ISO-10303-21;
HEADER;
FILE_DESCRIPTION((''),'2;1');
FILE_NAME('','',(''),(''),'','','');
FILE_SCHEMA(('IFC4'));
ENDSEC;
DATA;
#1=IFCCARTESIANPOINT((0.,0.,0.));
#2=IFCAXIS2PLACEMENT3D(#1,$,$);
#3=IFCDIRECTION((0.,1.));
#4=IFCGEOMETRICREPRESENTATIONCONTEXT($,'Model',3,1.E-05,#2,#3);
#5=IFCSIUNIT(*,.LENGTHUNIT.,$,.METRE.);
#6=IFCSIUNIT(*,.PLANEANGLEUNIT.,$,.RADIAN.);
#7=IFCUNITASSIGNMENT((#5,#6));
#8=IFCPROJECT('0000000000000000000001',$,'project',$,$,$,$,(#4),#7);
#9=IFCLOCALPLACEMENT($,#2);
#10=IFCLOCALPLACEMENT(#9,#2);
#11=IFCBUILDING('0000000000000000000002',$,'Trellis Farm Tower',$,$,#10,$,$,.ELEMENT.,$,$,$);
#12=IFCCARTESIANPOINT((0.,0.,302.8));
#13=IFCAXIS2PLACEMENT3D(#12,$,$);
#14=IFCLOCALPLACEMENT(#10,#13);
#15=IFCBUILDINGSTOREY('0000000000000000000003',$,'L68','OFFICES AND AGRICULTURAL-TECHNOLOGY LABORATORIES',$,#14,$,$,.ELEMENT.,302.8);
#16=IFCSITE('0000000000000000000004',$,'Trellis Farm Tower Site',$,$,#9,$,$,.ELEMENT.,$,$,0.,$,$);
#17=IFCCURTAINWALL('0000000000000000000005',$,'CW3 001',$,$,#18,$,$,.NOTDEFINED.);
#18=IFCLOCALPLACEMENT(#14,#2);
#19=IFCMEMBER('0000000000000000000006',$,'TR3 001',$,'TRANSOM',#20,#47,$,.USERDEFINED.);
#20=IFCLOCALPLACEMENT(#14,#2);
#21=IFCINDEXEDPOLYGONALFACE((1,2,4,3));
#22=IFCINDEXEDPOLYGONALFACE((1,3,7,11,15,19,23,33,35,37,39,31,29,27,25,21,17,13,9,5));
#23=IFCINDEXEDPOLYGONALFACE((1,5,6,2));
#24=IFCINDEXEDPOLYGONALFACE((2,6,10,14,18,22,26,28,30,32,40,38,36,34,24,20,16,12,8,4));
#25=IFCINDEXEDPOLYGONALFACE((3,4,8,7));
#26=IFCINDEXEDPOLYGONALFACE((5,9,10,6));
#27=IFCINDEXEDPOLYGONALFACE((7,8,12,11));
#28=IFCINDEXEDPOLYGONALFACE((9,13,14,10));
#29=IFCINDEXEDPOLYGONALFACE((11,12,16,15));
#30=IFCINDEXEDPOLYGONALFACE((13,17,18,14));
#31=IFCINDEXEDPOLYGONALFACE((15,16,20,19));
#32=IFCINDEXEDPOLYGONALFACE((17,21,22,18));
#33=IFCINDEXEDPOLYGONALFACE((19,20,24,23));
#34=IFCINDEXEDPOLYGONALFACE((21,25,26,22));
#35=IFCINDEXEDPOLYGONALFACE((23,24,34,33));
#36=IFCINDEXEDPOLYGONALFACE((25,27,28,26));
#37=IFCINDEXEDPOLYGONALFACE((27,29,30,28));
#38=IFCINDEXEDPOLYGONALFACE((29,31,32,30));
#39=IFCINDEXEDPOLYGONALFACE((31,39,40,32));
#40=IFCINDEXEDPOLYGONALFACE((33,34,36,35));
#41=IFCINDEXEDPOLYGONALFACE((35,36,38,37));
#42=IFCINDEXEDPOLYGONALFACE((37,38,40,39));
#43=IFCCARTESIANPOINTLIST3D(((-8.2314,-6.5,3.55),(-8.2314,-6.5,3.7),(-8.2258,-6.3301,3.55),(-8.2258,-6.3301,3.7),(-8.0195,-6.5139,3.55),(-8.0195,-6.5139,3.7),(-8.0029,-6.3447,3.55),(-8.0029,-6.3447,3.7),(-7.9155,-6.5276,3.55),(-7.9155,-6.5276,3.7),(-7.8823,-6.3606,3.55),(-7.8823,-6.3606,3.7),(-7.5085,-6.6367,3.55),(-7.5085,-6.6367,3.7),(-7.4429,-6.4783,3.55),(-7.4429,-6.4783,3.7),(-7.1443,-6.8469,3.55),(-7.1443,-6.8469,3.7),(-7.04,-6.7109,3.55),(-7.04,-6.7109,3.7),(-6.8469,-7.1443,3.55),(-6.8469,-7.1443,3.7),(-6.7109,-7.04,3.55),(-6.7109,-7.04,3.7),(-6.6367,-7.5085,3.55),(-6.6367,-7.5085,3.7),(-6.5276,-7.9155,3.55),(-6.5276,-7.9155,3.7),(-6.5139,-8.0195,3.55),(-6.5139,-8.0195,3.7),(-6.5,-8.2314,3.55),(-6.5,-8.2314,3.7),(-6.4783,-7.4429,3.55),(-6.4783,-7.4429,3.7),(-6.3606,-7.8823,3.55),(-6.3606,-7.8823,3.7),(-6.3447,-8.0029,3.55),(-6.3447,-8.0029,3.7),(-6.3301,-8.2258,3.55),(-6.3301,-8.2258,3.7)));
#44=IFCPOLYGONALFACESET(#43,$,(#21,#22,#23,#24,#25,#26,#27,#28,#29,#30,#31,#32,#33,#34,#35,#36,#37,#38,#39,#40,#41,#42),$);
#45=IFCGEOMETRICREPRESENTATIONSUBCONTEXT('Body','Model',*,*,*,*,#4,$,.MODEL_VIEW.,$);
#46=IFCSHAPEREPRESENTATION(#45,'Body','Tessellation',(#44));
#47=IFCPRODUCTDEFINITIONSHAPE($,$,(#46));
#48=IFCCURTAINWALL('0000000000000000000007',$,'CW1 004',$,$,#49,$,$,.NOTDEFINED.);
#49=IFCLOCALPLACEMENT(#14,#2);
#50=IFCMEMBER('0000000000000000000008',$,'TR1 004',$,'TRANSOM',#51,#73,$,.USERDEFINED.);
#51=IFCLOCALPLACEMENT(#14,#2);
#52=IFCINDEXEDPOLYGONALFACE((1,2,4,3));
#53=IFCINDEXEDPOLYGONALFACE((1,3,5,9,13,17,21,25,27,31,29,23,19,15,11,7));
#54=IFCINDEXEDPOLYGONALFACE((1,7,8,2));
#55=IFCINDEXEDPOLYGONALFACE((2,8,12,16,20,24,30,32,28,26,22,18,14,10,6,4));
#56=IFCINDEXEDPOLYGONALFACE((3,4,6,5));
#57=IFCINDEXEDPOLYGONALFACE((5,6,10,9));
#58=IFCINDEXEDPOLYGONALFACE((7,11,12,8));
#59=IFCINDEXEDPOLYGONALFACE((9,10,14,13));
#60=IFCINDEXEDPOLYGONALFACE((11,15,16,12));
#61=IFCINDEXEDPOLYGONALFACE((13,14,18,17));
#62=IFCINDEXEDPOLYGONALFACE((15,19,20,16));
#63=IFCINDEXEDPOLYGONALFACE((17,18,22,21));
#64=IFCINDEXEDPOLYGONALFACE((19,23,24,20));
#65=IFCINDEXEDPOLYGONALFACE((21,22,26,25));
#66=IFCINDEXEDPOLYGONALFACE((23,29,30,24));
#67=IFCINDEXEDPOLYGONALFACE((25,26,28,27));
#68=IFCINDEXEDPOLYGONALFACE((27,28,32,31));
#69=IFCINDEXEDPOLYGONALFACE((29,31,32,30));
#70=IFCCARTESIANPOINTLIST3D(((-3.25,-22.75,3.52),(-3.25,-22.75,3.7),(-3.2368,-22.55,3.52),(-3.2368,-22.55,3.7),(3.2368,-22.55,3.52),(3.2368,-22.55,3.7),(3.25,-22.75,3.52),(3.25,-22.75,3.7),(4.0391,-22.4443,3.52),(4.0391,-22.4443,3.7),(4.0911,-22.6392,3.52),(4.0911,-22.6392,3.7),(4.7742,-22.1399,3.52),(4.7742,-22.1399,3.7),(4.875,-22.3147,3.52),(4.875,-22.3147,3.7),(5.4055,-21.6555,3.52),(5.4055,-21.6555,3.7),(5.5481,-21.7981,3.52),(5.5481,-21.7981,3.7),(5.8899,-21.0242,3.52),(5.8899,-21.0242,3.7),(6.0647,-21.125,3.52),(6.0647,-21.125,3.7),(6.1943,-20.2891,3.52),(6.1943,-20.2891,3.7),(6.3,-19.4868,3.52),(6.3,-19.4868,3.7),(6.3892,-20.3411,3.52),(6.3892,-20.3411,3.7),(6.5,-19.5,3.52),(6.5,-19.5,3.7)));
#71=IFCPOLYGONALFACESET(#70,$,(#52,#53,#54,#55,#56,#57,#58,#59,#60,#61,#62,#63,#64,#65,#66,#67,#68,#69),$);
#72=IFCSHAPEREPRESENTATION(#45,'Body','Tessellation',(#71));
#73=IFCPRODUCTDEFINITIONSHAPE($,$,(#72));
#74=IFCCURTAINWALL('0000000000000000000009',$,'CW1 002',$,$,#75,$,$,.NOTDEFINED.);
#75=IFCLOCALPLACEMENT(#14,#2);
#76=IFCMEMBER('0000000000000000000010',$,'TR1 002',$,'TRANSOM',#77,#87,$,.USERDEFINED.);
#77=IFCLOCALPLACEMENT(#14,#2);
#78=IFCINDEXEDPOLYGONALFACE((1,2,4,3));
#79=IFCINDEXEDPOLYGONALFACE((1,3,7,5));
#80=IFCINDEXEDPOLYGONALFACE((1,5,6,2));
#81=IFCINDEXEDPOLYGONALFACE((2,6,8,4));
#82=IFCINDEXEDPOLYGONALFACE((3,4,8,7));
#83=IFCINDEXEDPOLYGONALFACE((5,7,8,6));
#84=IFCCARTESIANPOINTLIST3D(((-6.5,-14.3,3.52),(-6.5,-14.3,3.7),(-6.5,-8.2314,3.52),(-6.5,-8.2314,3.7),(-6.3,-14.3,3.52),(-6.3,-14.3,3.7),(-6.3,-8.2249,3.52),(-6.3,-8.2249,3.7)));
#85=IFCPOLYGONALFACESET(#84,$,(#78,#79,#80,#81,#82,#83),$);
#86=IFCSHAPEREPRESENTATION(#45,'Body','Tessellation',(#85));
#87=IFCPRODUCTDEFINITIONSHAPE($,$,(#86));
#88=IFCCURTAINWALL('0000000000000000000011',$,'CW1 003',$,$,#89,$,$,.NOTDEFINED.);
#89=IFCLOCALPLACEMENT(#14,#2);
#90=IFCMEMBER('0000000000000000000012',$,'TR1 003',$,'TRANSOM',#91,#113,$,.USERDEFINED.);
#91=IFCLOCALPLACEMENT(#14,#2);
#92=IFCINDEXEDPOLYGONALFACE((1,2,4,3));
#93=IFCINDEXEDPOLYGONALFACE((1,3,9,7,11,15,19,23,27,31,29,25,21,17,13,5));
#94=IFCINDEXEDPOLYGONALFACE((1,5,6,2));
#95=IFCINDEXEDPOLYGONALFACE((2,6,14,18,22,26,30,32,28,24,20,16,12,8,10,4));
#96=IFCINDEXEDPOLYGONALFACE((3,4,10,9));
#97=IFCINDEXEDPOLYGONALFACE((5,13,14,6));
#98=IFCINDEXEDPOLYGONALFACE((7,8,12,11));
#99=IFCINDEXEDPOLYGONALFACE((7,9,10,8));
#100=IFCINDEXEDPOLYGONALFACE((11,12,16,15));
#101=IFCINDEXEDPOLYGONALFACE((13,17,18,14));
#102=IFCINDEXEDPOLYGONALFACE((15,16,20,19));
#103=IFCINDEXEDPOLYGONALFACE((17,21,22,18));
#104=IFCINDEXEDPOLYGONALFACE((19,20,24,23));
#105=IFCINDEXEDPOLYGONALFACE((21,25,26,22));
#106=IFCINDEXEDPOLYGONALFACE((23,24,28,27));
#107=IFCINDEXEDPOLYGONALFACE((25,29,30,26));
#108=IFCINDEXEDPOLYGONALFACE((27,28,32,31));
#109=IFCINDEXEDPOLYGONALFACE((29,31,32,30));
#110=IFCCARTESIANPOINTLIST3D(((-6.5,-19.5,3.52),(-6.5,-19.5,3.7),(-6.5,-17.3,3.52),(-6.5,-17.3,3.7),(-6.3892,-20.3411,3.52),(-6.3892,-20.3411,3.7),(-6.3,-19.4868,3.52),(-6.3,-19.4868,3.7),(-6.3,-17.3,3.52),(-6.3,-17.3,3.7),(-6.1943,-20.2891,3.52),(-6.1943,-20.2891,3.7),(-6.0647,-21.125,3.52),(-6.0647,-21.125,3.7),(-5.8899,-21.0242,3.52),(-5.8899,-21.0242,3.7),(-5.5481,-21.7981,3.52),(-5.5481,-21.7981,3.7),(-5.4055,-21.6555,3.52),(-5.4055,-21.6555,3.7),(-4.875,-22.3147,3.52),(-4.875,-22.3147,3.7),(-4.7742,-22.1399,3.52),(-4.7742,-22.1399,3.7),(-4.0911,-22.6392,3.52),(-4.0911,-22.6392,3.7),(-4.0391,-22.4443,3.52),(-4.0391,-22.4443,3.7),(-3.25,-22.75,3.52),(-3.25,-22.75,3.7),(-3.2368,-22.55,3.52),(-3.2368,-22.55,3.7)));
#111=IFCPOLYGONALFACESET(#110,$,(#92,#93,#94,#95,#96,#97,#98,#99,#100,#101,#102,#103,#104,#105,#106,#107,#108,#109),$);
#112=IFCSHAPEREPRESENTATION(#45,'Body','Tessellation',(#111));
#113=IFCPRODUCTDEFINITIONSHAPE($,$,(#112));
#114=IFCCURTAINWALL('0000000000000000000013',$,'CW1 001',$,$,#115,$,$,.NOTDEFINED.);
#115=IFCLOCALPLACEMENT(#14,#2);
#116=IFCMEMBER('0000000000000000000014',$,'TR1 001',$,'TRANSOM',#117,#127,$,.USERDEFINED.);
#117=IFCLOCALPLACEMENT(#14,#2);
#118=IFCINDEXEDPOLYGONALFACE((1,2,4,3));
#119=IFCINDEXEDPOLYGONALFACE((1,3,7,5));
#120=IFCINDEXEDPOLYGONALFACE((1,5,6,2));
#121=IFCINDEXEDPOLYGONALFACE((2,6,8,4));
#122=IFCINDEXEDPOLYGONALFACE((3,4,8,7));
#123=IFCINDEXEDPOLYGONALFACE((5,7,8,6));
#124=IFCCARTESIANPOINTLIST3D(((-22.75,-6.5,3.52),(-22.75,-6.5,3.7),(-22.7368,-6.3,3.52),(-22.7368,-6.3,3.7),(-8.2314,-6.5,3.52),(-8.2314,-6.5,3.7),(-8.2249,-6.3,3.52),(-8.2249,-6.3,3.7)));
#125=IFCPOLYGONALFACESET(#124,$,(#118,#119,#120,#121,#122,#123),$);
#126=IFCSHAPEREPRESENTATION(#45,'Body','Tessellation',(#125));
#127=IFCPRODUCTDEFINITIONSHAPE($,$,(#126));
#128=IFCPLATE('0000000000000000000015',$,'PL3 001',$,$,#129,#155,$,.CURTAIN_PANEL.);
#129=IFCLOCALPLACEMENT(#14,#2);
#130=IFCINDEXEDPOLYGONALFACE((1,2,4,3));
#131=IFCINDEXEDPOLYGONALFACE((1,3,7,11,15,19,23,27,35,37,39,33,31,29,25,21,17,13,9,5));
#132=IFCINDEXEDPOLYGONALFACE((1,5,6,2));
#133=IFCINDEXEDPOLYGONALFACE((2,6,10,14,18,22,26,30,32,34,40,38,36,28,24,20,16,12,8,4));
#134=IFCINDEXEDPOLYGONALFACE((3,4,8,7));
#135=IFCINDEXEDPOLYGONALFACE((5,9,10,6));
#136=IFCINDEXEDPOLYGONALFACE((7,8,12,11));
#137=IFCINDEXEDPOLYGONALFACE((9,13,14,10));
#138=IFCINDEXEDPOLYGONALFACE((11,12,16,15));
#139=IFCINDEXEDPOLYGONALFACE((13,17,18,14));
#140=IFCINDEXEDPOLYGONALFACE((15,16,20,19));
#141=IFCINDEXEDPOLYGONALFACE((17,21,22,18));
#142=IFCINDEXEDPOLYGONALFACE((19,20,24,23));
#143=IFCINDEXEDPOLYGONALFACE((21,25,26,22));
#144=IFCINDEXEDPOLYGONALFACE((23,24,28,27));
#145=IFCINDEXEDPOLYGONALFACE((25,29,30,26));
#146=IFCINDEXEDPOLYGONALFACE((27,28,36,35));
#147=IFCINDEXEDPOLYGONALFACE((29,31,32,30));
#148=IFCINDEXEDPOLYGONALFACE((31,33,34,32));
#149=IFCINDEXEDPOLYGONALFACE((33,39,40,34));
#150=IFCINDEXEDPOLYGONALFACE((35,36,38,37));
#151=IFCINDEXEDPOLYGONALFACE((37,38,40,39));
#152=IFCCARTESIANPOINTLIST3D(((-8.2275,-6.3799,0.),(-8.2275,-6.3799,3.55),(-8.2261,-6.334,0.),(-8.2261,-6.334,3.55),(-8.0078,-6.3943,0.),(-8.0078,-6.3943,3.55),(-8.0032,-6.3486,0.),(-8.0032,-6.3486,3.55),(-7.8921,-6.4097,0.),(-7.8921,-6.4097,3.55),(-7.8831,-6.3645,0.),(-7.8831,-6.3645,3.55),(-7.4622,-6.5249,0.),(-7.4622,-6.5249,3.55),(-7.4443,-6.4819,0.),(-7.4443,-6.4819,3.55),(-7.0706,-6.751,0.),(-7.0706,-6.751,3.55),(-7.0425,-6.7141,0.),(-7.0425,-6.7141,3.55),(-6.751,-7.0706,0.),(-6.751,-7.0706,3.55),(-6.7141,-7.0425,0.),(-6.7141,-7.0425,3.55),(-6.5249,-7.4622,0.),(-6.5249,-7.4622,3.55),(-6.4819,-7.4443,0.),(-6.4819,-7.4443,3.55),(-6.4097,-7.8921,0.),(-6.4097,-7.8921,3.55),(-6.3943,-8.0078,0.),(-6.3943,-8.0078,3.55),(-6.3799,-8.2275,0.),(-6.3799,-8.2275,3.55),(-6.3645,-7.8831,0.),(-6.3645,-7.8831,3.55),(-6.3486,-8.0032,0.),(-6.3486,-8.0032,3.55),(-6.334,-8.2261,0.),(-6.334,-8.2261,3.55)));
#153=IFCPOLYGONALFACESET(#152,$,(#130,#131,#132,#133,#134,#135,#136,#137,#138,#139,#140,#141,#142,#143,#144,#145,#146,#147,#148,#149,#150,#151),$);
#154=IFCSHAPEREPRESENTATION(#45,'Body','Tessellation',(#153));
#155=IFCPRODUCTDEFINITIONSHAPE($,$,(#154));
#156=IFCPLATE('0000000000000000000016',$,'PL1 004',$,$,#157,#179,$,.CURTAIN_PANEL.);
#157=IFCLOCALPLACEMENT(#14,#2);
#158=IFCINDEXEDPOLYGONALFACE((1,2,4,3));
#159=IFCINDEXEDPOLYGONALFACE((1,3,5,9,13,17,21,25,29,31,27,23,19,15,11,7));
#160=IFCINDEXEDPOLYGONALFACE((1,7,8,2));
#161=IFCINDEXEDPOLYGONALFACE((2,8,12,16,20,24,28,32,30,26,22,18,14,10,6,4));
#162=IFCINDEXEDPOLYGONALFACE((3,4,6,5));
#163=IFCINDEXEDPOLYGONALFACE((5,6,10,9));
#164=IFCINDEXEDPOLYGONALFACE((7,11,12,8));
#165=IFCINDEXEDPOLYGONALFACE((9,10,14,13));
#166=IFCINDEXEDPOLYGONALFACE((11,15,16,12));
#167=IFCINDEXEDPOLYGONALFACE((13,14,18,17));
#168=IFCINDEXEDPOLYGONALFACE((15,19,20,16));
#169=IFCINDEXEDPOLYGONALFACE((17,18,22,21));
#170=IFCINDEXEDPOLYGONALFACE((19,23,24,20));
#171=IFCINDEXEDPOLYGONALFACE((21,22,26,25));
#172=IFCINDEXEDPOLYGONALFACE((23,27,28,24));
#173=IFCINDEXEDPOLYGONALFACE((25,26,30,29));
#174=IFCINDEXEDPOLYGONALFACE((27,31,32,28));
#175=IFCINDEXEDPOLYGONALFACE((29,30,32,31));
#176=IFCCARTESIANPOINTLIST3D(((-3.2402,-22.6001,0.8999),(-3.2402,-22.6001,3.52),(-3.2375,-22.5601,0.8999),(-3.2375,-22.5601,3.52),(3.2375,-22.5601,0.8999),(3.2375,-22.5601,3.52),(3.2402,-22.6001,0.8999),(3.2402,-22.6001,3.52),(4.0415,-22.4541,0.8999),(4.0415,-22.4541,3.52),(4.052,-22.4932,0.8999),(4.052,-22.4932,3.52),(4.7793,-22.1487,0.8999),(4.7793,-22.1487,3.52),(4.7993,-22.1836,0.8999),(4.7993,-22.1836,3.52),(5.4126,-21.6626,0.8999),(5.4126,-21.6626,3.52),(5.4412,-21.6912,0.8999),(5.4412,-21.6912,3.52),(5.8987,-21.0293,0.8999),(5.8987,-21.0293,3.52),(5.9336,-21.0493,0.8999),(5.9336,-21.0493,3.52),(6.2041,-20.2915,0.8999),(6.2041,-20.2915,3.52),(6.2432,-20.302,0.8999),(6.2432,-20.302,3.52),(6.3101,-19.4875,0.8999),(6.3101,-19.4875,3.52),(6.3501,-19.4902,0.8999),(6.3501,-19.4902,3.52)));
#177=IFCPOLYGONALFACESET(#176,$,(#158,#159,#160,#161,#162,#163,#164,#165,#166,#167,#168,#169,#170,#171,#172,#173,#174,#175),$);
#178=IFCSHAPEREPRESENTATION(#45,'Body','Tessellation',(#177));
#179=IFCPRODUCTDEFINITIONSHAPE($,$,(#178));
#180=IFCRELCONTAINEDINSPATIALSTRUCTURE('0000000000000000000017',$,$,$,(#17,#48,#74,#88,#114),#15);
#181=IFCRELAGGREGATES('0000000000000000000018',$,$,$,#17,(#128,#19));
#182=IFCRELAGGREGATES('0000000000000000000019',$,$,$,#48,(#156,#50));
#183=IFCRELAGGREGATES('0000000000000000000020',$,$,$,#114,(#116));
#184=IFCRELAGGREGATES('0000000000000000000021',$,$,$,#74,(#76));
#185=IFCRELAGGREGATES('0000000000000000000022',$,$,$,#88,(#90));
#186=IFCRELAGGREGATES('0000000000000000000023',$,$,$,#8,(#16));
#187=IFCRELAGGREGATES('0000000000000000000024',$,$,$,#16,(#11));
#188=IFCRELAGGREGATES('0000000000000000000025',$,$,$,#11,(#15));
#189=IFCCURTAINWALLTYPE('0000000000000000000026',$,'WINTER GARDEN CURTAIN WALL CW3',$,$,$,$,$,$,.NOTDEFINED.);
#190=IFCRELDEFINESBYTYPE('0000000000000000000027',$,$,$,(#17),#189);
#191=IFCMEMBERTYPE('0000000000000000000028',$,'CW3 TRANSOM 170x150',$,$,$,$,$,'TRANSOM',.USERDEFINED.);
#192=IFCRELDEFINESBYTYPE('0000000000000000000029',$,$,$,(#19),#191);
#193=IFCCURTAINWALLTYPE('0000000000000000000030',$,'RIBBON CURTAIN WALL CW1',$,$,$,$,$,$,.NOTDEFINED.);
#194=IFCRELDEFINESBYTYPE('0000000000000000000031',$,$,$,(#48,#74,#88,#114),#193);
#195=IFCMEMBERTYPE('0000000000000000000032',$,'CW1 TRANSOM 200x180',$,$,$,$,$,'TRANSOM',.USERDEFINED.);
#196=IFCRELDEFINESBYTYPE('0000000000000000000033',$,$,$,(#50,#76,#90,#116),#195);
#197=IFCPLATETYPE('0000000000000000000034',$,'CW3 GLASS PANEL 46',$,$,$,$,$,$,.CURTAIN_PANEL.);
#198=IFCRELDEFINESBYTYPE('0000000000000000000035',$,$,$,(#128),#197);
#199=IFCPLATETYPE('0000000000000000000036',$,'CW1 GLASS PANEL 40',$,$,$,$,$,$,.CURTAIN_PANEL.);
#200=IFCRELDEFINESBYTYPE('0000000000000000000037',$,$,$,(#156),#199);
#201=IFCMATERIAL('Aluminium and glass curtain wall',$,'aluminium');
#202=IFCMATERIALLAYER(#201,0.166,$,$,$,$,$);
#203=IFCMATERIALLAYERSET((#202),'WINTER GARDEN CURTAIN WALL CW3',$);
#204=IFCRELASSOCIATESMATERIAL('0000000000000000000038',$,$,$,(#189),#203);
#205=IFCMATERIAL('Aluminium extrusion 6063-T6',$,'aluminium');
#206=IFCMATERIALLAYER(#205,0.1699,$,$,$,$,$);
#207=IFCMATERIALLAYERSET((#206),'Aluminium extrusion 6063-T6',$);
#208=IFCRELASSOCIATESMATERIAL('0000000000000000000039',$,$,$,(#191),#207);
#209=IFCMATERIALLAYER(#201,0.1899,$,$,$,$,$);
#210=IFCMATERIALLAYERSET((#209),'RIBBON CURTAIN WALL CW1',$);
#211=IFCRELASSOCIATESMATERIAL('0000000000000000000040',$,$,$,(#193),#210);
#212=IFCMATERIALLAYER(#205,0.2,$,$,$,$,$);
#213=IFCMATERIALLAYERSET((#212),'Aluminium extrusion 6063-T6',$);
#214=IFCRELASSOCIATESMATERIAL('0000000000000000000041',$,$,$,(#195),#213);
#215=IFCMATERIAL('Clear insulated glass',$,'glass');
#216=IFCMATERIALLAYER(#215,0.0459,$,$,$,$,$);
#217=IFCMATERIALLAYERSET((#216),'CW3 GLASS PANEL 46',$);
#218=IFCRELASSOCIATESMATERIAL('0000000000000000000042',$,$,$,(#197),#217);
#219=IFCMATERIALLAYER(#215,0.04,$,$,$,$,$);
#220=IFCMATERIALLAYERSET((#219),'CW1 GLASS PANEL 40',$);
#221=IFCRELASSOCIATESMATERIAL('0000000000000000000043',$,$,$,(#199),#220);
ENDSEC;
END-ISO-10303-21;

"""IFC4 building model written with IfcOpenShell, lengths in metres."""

from ifc_helpers import new_model, si_unit, direction, frame, origin, place, context, subcontext, project, spatial, polyline, outline, extrude, source, transform, mapped, material, layer, layer_set, type_object, element, aggregate, save


model = new_model("IFC4")

# Units and contexts
model_context = context("Model", 3, precision=1e-05, world=origin(), true_north=direction((0.0, 1.0)))
body_context = subcontext(model_context, "Body", "Model", "MODEL_VIEW")
ifc_project = project(units=[si_unit("LENGTHUNIT", "METRE"), si_unit("PLANEANGLEUNIT", "RADIAN")], contexts=[model_context])

# Site, building, storey
site_placement = place(None, origin())
site = spatial("IfcSite", under=ifc_project, at=site_placement, Name="Trellis Farm Tower Site", CompositionType="ELEMENT", RefElevation=0.0)
building_placement = place(site_placement, origin())
building = spatial("IfcBuilding", under=site, at=building_placement, Name="Trellis Farm Tower", CompositionType="ELEMENT")
storey_placement = place(building_placement, frame((0.0, 0.0, 302.8)))
storey = spatial("IfcBuildingStorey", under=building, at=storey_placement, Name="L68", Description="OFFICES AND AGRICULTURAL-TECHNOLOGY LABORATORIES", CompositionType="ELEMENT", Elevation=302.8)

# Curtain walls, members
ifc_material_1 = material(Name="Aluminium and glass curtain wall", Category="aluminium")
ifc_layer_1 = layer(ifc_material_1, 0.166)
ifc_layer_set_1 = layer_set([ifc_layer_1], Name="WINTER GARDEN CURTAIN WALL CW3")
curtain_wall_type_1 = type_object("IfcCurtainWallType", Name="WINTER GARDEN CURTAIN WALL CW3", PredefinedType="NOTDEFINED", material=ifc_layer_set_1)
placement_1 = place(storey_placement, origin())
curtain_wall_1 = element("IfcCurtainWall", 1, at=placement_1, inside=storey, type_object=curtain_wall_type_1, Name="CW3 001", PredefinedType="NOTDEFINED")
ifc_material_2 = material(Name="Aluminium extrusion 6063-T6", Category="aluminium")
ifc_layer_2 = layer(ifc_material_2, 0.1699)
ifc_layer_set_2 = layer_set([ifc_layer_2], Name="Aluminium extrusion 6063-T6")
member_type_1 = type_object("IfcMemberType", Name="CW3 TRANSOM 170x150", ElementType="TRANSOM", PredefinedType="USERDEFINED", material=ifc_layer_set_2)
shared_shape_1 = source(origin(), body_context, "Body", "SweptSolid", [
    extrude(outline(polyline([(-8.2314, -6.5), (-8.0195, -6.5139), (-7.9155, -6.5276), (-7.5085, -6.6367), (-7.1443, -6.8469), (-6.8469, -7.1443), (-6.6367, -7.5085), (-6.5276, -7.9155), (-6.5139, -8.0195), (-6.5, -8.2314), (-6.3301, -8.2258), (-6.3447, -8.0029), (-6.3606, -7.8823), (-6.4783, -7.4429), (-6.7109, -7.04), (-7.04, -6.7109), (-7.4429, -6.4783), (-7.8823, -6.3606), (-8.0029, -6.3447), (-8.2258, -6.3301), (-8.2314, -6.5)])), origin(), (0.0, 0.0, 1.0), 0.1499),
])
member_1_placement = place(storey_placement, frame((0.0, 0.0, 3.55)))
member_1 = element("IfcMember", 2, at=member_1_placement, type_object=member_type_1, Name="TR3 001", ObjectType="TRANSOM", PredefinedType="USERDEFINED", context=body_context, shape_type="MappedRepresentation", body=[
    mapped(shared_shape_1, transform((0.0, 0.0, 0.0))),
])
ifc_layer_3 = layer(ifc_material_1, 0.1899)
ifc_layer_set_3 = layer_set([ifc_layer_3], Name="RIBBON CURTAIN WALL CW1")
curtain_wall_type_2 = type_object("IfcCurtainWallType", Name="RIBBON CURTAIN WALL CW1", PredefinedType="NOTDEFINED", material=ifc_layer_set_3)
curtain_wall_2 = element("IfcCurtainWall", 3, at=placement_1, inside=storey, type_object=curtain_wall_type_2, Name="CW1 004", PredefinedType="NOTDEFINED")
ifc_layer_4 = layer(ifc_material_2, 0.2)
ifc_layer_set_4 = layer_set([ifc_layer_4], Name="Aluminium extrusion 6063-T6")
member_type_2 = type_object("IfcMemberType", Name="CW1 TRANSOM 200x180", ElementType="TRANSOM", PredefinedType="USERDEFINED", material=ifc_layer_set_4)
shared_shape_2 = source(origin(), body_context, "Body", "SweptSolid", [
    extrude(outline(polyline([(-3.25, -22.75), (3.25, -22.75), (4.0911, -22.6392), (4.875, -22.3147), (5.5481, -21.7981), (6.0647, -21.125), (6.3892, -20.3411), (6.5, -19.5), (6.3, -19.4868), (6.1943, -20.2891), (5.8899, -21.0242), (5.4055, -21.6555), (4.7742, -22.1399), (4.0391, -22.4443), (3.2368, -22.55), (-3.2368, -22.55), (-3.25, -22.75)])), origin(), (0.0, 0.0, 1.0), 0.1799),
])
placement_2 = place(storey_placement, frame((0.0, 0.0, 3.52)))
member_2 = element("IfcMember", 4, at=placement_2, type_object=member_type_2, Name="TR1 004", ObjectType="TRANSOM", PredefinedType="USERDEFINED", context=body_context, shape_type="MappedRepresentation", body=[
    mapped(shared_shape_2, transform((0.0, 0.0, 0.0))),
])
curtain_wall_3 = element("IfcCurtainWall", 5, at=placement_1, inside=storey, type_object=curtain_wall_type_2, Name="CW1 002", PredefinedType="NOTDEFINED")
shared_shape_3 = source(origin(), body_context, "Body", "SweptSolid", [
    extrude(outline(polyline([(-6.5, -8.2314), (-6.5, -14.3), (-6.3, -14.3), (-6.3, -8.2249), (-6.5, -8.2314)])), origin(), (0.0, 0.0, 1.0), 0.1799),
])
member_3 = element("IfcMember", 6, at=placement_2, type_object=member_type_2, Name="TR1 002", ObjectType="TRANSOM", PredefinedType="USERDEFINED", context=body_context, shape_type="MappedRepresentation", body=[
    mapped(shared_shape_3, transform((0.0, 0.0, 0.0))),
])
curtain_wall_4 = element("IfcCurtainWall", 7, at=placement_1, inside=storey, type_object=curtain_wall_type_2, Name="CW1 003", PredefinedType="NOTDEFINED")
shared_shape_4 = source(origin(), body_context, "Body", "SweptSolid", [
    extrude(outline(polyline([(-6.5, -17.3), (-6.5, -19.5), (-6.3892, -20.3411), (-6.0647, -21.125), (-5.5481, -21.7981), (-4.875, -22.3147), (-4.0911, -22.6392), (-3.25, -22.75), (-3.2368, -22.55), (-4.0391, -22.4443), (-4.7742, -22.1399), (-5.4055, -21.6555), (-5.8899, -21.0242), (-6.1943, -20.2891), (-6.3, -19.4868), (-6.3, -17.3), (-6.5, -17.3)])), origin(), (0.0, 0.0, 1.0), 0.1799),
])
member_4 = element("IfcMember", 8, at=placement_2, type_object=member_type_2, Name="TR1 003", ObjectType="TRANSOM", PredefinedType="USERDEFINED", context=body_context, shape_type="MappedRepresentation", body=[
    mapped(shared_shape_4, transform((0.0, 0.0, 0.0))),
])
curtain_wall_5 = element("IfcCurtainWall", 9, at=placement_1, inside=storey, type_object=curtain_wall_type_2, Name="CW1 001", PredefinedType="NOTDEFINED")
shared_shape_5 = source(origin(), body_context, "Body", "SweptSolid", [
    extrude(outline(polyline([(-22.75, -6.5), (-8.2314, -6.5), (-8.2249, -6.3), (-22.7368, -6.3), (-22.75, -6.5)])), origin(), (0.0, 0.0, 1.0), 0.1799),
])
member_5 = element("IfcMember", 10, at=placement_2, type_object=member_type_2, Name="TR1 001", ObjectType="TRANSOM", PredefinedType="USERDEFINED", context=body_context, shape_type="MappedRepresentation", body=[
    mapped(shared_shape_5, transform((0.0, 0.0, 0.0))),
])

# Plates
ifc_material_3 = material(Name="Clear insulated glass", Category="glass")
ifc_layer_5 = layer(ifc_material_3, 0.0459)
ifc_layer_set_5 = layer_set([ifc_layer_5], Name="CW3 GLASS PANEL 46")
plate_type_1 = type_object("IfcPlateType", Name="CW3 GLASS PANEL 46", PredefinedType="CURTAIN_PANEL", material=ifc_layer_set_5)
shared_shape_6 = source(origin(), body_context, "Body", "SweptSolid", [
    extrude(outline(polyline([(-8.2275, -6.3799), (-8.0078, -6.3943), (-7.8921, -6.4097), (-7.4622, -6.5249), (-7.0706, -6.751), (-6.751, -7.0706), (-6.5249, -7.4622), (-6.4097, -7.8921), (-6.3943, -8.0078), (-6.3799, -8.2275), (-6.334, -8.2261), (-6.3486, -8.0032), (-6.3645, -7.8831), (-6.4819, -7.4443), (-6.7141, -7.0425), (-7.0425, -6.7141), (-7.4443, -6.4819), (-7.8831, -6.3645), (-8.0032, -6.3486), (-8.2261, -6.334), (-8.2275, -6.3799)])), origin(), (0.0, 0.0, 1.0), 3.55),
])
plate_1 = element("IfcPlate", 11, at=placement_1, type_object=plate_type_1, Name="PL3 001", PredefinedType="CURTAIN_PANEL", context=body_context, shape_type="MappedRepresentation", body=[
    mapped(shared_shape_6, transform((0.0, 0.0, 0.0))),
])
aggregate(curtain_wall_1, [plate_1, member_1])
ifc_layer_6 = layer(ifc_material_3, 0.04)
ifc_layer_set_6 = layer_set([ifc_layer_6], Name="CW1 GLASS PANEL 40")
plate_type_2 = type_object("IfcPlateType", Name="CW1 GLASS PANEL 40", PredefinedType="CURTAIN_PANEL", material=ifc_layer_set_6)
shared_shape_7 = source(origin(), body_context, "Body", "SweptSolid", [
    extrude(outline(polyline([(-3.2402, -22.6001), (3.2402, -22.6001), (4.052, -22.4932), (4.7993, -22.1836), (5.4412, -21.6912), (5.9336, -21.0493), (6.2432, -20.302), (6.3501, -19.4902), (6.3101, -19.4875), (6.2041, -20.2915), (5.8987, -21.0293), (5.4126, -21.6626), (4.7793, -22.1487), (4.0415, -22.4541), (3.2375, -22.5601), (-3.2375, -22.5601), (-3.2402, -22.6001)])), origin(), (0.0, 0.0, 1.0), 2.6201),
])
placement_3 = place(storey_placement, frame((0.0, 0.0, 0.8999)))
plate_2 = element("IfcPlate", 12, at=placement_3, type_object=plate_type_2, Name="PL1 004", PredefinedType="CURTAIN_PANEL", context=body_context, shape_type="MappedRepresentation", body=[
    mapped(shared_shape_7, transform((0.0, 0.0, 0.0))),
])
aggregate(curtain_wall_2, [plate_2, member_2])
aggregate(curtain_wall_5, [member_5])
aggregate(curtain_wall_3, [member_3])
aggregate(curtain_wall_4, [member_4])

save(model, "model.ifc")
